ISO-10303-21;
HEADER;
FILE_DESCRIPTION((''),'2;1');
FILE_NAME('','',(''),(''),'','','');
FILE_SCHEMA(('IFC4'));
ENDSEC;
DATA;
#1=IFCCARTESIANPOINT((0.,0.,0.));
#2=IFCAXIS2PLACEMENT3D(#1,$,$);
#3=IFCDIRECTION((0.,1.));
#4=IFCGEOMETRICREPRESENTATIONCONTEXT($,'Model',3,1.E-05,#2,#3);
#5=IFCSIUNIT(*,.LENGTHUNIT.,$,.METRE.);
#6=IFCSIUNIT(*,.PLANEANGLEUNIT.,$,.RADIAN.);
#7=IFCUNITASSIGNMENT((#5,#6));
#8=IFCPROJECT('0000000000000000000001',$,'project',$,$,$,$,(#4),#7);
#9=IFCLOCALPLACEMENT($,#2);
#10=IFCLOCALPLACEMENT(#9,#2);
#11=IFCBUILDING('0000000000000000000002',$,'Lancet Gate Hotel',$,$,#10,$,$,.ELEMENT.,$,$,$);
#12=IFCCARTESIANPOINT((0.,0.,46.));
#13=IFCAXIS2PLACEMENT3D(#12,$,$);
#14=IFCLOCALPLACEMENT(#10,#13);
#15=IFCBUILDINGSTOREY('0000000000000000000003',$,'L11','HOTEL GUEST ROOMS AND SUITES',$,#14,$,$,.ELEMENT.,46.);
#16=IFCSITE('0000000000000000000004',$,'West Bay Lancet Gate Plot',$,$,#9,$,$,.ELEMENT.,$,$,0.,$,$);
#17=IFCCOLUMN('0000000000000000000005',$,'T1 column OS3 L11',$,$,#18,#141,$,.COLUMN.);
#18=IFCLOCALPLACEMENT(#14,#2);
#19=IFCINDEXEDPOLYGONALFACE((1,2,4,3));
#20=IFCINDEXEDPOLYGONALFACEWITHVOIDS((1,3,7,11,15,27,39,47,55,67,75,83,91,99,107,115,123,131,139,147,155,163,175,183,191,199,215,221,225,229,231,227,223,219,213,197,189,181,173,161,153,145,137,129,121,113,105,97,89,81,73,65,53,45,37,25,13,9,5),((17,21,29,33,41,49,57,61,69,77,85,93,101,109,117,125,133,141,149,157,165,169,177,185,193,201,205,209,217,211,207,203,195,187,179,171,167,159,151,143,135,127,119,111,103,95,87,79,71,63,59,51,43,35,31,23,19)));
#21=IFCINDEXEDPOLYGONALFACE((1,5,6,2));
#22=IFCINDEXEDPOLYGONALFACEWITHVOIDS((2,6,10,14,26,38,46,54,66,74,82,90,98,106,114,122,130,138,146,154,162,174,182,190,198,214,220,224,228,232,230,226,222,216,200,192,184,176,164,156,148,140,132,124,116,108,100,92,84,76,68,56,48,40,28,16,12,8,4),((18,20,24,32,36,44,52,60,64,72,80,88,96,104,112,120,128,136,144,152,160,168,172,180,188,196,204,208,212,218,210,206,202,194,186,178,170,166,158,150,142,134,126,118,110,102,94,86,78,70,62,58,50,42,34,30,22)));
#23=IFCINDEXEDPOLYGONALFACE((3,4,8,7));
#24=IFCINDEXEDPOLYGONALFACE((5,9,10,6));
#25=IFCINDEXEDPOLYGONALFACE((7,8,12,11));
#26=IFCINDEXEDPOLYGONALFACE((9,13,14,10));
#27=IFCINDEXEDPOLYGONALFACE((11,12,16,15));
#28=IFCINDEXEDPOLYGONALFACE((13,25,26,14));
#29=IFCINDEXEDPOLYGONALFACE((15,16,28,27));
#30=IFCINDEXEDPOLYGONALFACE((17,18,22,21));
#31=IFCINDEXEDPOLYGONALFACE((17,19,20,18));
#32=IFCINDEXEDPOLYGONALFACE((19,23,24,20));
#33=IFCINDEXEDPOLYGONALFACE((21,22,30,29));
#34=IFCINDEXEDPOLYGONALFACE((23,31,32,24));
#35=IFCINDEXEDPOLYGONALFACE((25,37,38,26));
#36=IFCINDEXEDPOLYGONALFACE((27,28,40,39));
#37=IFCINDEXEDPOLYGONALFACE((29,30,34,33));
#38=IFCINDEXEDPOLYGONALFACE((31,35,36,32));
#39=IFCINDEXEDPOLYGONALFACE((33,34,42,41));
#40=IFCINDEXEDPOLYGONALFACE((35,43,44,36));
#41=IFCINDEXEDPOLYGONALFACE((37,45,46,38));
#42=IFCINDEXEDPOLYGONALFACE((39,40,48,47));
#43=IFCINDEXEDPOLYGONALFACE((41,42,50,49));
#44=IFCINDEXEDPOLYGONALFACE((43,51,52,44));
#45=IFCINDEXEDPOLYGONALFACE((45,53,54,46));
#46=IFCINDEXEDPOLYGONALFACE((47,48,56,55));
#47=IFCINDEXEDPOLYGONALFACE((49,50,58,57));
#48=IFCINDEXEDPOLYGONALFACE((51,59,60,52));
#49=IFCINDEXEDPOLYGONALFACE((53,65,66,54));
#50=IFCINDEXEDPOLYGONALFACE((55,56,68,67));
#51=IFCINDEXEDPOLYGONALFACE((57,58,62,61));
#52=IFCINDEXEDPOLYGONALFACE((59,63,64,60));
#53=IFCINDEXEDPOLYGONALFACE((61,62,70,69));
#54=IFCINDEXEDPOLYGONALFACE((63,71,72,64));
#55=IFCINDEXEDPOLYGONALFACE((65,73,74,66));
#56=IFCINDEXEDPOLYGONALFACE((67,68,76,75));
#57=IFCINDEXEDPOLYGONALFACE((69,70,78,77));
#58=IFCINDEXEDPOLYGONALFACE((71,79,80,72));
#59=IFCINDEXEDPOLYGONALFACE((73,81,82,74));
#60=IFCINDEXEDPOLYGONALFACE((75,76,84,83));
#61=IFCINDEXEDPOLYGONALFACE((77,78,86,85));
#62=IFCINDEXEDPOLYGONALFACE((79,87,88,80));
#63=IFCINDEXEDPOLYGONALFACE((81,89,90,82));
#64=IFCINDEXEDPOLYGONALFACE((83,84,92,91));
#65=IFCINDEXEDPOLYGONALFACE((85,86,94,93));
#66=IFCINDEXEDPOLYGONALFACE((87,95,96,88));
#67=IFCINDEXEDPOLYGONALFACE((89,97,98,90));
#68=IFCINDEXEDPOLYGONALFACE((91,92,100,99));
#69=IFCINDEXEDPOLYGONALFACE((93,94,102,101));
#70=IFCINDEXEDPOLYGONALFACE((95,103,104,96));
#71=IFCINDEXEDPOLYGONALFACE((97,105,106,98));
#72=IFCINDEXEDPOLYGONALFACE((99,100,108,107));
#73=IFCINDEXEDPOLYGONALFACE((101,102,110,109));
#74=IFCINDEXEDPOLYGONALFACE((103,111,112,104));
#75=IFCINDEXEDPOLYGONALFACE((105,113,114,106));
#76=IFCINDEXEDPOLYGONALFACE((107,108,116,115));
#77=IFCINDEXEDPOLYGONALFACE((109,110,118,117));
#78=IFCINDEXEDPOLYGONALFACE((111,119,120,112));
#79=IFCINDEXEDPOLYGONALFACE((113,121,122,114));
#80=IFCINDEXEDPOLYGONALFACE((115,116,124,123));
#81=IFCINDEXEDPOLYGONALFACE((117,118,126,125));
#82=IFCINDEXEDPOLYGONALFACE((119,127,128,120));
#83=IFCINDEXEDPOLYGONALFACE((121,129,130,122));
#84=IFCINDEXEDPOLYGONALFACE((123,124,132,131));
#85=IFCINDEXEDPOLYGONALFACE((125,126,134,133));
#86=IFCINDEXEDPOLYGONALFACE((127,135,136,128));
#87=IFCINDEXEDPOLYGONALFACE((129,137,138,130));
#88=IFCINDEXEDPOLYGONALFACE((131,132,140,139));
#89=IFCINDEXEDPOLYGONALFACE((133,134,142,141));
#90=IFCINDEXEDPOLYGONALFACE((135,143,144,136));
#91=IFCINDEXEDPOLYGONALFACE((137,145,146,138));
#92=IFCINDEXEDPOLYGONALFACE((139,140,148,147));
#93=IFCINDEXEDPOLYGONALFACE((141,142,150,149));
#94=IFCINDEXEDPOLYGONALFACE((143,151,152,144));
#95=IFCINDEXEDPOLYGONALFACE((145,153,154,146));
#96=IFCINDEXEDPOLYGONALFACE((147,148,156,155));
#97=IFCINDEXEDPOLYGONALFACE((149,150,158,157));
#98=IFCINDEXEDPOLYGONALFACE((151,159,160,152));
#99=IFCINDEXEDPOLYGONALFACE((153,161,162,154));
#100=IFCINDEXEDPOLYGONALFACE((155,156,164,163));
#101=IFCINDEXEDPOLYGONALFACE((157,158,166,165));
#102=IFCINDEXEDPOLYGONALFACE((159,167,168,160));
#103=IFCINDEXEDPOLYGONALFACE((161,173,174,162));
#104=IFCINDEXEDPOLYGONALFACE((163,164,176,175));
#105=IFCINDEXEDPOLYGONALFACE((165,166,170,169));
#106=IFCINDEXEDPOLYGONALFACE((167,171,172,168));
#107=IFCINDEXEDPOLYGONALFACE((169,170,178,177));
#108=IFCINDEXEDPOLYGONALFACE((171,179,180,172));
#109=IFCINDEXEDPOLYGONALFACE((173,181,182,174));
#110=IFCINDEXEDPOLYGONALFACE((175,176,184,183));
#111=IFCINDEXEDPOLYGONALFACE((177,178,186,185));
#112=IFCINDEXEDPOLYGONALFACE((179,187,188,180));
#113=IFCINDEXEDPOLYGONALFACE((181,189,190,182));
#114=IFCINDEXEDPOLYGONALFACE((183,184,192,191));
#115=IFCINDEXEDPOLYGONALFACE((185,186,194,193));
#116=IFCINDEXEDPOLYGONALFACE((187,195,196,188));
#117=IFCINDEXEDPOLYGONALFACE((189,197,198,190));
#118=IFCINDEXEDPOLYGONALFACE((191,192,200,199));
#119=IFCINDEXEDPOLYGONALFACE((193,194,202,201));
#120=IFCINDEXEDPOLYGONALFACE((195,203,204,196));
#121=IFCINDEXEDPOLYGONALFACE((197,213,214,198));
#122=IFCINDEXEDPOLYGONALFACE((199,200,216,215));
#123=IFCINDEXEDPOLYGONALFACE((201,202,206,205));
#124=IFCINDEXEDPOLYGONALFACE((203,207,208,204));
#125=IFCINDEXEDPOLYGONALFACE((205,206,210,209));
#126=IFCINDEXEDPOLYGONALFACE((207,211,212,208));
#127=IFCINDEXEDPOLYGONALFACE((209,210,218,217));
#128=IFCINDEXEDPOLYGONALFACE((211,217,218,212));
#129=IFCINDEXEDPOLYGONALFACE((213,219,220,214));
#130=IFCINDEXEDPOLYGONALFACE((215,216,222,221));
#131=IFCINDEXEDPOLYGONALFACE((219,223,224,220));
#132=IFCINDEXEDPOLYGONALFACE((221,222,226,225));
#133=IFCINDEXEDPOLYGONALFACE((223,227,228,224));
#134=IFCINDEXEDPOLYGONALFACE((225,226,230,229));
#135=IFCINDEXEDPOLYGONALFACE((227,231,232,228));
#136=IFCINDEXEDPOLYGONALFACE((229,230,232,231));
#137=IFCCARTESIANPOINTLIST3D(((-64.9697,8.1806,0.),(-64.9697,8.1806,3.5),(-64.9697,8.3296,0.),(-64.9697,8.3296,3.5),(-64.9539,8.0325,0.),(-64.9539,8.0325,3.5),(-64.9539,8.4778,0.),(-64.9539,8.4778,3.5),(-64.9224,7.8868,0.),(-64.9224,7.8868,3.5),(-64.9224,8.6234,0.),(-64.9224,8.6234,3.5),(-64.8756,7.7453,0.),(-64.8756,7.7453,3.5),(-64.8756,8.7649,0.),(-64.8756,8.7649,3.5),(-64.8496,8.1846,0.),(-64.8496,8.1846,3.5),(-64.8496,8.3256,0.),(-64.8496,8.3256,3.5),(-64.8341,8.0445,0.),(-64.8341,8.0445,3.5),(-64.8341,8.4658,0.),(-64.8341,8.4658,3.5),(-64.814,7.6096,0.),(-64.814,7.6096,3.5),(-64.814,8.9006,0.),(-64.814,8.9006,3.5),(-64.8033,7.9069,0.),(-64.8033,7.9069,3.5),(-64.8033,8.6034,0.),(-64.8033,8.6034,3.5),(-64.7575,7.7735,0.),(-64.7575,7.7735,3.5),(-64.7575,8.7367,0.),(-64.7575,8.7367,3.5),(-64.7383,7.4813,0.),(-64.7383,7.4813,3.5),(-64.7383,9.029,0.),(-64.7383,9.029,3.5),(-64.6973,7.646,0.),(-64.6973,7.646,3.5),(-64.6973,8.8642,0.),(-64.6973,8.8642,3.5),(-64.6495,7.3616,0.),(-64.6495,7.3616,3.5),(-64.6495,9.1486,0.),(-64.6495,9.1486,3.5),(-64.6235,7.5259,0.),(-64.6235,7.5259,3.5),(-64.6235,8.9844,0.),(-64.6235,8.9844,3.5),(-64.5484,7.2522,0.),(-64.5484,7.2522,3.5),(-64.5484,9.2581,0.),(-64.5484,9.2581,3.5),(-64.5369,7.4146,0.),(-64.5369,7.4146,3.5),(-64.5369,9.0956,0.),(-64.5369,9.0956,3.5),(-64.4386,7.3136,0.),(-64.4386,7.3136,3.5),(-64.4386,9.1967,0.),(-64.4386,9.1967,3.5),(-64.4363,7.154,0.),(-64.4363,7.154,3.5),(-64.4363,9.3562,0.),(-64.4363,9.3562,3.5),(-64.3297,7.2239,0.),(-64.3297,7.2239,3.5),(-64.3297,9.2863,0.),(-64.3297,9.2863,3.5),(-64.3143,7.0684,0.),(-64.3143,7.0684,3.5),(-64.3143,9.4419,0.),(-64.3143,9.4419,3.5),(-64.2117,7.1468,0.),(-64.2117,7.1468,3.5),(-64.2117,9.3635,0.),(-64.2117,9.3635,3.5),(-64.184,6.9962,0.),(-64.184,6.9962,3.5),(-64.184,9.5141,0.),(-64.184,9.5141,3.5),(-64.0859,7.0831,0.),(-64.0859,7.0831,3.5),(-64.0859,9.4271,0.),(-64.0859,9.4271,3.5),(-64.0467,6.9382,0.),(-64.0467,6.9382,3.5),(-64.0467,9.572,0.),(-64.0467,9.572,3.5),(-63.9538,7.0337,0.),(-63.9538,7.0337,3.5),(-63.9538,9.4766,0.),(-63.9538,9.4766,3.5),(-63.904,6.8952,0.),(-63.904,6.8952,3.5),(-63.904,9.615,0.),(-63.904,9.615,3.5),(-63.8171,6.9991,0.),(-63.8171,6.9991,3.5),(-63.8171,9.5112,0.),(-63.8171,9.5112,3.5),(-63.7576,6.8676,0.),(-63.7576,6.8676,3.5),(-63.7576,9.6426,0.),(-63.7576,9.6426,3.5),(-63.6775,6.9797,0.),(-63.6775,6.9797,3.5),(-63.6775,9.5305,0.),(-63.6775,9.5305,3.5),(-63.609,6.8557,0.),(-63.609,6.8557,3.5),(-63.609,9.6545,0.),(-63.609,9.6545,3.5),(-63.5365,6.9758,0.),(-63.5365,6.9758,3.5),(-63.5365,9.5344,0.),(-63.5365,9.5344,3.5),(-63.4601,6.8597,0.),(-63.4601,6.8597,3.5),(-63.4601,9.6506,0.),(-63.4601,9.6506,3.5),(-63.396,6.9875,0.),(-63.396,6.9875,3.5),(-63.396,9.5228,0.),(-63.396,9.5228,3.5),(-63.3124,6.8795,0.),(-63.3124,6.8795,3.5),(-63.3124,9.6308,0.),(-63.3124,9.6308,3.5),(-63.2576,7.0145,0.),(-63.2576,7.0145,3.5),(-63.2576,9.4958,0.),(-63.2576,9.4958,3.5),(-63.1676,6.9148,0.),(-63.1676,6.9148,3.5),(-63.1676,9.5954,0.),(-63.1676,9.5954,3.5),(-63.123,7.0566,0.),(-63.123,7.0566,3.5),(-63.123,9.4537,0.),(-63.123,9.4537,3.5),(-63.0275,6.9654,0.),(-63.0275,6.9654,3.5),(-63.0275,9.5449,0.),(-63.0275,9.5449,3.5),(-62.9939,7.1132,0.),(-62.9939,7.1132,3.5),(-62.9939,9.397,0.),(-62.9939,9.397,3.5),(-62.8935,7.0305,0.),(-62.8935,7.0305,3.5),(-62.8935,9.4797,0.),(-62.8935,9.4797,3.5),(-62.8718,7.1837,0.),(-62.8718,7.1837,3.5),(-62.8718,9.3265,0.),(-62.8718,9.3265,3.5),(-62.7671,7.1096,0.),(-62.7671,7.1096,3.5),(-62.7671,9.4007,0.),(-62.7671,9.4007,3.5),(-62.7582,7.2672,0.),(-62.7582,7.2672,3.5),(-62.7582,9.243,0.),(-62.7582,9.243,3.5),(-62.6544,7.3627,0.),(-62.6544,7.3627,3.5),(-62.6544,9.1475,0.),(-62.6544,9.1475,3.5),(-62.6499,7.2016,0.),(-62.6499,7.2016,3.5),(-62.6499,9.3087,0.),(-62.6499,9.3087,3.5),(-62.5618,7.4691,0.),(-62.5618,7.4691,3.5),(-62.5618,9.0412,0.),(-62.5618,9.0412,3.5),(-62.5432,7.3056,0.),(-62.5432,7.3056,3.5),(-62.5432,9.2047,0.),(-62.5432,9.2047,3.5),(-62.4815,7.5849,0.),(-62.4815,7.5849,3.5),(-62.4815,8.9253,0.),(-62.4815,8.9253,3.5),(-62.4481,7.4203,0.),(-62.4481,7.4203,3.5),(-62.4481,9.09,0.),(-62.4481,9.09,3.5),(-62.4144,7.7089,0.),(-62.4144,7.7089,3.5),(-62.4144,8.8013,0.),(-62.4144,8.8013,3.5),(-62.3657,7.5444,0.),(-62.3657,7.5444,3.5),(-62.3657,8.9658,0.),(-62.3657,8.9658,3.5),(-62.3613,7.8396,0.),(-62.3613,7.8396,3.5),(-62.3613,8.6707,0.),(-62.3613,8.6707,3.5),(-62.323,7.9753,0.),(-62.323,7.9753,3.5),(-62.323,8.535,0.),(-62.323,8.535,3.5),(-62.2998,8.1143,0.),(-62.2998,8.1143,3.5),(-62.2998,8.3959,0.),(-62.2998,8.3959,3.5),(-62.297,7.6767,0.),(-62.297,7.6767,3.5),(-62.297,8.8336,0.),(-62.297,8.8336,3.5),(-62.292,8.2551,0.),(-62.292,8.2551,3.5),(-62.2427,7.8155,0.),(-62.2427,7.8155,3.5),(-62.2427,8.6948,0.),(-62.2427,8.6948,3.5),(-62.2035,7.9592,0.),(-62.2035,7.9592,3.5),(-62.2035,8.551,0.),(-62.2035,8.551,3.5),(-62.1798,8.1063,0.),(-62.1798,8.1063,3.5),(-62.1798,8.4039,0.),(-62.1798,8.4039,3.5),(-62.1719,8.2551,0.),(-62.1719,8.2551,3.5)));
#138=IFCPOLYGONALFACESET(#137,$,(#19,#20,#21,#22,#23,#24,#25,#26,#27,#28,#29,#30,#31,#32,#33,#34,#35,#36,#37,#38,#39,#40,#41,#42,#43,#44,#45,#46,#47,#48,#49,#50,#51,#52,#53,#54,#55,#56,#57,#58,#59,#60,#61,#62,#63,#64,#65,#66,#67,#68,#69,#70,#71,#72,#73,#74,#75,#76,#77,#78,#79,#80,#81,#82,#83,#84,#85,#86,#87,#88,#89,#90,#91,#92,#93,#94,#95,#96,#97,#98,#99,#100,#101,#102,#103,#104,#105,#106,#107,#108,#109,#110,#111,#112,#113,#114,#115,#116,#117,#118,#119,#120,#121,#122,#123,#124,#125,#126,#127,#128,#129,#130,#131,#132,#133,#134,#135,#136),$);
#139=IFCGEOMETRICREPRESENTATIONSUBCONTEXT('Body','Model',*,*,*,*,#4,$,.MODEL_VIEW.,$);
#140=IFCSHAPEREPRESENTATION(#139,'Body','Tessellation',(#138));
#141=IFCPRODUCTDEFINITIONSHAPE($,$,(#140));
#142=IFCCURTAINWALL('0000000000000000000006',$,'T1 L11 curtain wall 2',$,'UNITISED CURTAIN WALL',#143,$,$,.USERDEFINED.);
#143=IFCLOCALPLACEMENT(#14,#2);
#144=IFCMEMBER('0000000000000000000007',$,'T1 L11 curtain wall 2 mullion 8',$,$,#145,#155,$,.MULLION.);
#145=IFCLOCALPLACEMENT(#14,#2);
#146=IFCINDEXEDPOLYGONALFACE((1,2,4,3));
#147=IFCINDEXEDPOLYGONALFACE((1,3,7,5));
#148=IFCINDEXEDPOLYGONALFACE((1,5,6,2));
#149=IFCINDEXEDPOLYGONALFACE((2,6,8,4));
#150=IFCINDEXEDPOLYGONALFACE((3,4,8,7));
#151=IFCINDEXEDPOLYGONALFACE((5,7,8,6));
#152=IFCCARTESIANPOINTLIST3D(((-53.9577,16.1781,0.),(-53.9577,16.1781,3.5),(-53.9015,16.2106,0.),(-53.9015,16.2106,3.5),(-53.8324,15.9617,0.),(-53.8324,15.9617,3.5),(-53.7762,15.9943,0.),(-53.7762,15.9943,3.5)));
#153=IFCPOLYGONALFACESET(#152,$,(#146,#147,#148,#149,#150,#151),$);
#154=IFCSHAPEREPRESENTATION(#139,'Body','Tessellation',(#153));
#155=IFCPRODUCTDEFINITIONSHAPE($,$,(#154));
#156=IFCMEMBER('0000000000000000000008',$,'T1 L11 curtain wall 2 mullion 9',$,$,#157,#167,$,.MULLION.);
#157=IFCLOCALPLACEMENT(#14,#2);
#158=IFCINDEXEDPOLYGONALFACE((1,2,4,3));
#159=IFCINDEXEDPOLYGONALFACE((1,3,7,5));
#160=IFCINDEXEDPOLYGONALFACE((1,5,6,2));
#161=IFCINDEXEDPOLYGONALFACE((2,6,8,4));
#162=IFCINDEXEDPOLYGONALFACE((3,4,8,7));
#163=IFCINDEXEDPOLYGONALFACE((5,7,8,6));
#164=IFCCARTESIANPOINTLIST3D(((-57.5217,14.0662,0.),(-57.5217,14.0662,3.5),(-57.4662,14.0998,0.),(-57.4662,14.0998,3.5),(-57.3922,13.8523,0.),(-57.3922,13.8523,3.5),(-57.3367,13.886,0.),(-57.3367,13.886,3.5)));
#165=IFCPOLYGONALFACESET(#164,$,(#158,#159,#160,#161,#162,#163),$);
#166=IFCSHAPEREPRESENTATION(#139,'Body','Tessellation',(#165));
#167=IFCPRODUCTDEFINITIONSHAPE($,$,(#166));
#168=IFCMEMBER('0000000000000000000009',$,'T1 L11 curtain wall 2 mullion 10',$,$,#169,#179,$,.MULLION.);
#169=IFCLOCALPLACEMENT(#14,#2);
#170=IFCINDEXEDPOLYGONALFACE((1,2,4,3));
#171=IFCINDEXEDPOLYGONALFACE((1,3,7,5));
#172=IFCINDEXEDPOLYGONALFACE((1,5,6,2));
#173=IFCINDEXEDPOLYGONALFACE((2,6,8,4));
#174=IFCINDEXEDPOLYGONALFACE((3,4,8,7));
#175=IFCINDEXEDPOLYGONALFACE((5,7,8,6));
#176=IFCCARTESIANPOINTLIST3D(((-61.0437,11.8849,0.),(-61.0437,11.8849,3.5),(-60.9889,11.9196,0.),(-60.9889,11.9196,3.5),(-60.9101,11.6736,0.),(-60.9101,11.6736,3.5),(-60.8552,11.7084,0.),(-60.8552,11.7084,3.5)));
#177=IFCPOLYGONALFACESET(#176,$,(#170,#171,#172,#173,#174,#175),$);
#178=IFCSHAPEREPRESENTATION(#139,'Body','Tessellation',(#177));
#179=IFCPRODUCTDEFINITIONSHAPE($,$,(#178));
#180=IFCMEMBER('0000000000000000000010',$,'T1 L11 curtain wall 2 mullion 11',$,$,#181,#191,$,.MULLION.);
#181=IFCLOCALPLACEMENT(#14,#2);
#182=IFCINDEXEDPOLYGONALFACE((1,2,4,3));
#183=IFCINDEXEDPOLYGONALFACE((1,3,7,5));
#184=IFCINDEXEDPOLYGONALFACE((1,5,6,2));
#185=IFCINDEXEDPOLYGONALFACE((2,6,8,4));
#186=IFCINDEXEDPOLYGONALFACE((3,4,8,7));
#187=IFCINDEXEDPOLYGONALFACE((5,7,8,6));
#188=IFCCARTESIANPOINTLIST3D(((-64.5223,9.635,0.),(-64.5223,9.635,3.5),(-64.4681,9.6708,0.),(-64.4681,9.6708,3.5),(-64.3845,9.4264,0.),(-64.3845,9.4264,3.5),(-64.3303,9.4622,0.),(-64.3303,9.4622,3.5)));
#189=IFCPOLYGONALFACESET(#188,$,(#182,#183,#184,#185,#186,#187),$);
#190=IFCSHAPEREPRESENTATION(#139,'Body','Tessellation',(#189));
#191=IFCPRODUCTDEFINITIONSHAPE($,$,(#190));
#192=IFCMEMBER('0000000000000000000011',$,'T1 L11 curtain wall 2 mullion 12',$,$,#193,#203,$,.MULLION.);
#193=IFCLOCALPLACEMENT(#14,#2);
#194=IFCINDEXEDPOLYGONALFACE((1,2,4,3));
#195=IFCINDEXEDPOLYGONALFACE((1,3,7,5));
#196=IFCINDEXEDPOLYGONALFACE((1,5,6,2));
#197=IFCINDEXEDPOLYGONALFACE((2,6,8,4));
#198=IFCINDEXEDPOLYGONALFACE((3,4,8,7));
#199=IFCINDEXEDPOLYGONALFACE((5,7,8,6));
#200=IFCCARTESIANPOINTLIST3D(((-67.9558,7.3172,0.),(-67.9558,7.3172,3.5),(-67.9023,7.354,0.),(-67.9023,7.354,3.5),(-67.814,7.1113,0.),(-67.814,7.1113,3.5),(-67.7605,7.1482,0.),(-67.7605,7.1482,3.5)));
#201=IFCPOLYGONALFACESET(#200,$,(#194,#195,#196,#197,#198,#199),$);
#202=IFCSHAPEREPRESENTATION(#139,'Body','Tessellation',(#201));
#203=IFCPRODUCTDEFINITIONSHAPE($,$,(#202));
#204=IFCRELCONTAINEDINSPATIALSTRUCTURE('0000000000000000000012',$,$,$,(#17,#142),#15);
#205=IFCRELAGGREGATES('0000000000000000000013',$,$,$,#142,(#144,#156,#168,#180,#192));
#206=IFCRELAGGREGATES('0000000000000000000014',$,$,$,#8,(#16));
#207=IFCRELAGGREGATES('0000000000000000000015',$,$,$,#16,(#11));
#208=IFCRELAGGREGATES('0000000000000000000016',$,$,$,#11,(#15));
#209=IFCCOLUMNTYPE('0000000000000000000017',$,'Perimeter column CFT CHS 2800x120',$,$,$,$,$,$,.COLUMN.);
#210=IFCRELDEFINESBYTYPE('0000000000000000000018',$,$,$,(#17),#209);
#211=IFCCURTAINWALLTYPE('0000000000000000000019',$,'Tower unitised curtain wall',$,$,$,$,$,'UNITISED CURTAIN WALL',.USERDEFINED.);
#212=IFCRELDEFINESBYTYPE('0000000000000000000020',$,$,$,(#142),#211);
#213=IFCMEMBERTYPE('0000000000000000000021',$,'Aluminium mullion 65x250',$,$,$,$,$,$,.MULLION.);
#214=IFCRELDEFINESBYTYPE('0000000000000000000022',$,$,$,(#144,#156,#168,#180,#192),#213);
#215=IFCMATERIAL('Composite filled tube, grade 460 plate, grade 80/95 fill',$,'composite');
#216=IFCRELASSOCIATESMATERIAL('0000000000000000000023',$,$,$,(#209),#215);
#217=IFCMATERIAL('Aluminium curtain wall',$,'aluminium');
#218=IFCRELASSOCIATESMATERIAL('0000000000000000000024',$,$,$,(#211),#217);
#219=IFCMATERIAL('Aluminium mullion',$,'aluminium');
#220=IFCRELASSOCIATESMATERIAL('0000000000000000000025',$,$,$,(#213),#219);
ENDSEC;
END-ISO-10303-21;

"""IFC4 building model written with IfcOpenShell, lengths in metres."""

from ifc_helpers import new_model, si_unit, direction, frame, origin, origin_2d, place, context, subcontext, project, spatial, rectangle, hollow_circle, extrude, material, material_profile, profile_set, type_object, element, aggregate, save


model = new_model("IFC4")

# Units and contexts
model_context = context("Model", 3, precision=1e-05, world=origin(), true_north=direction((0.0, 1.0)))
body_context = subcontext(model_context, "Body", "Model", "MODEL_VIEW")
ifc_project = project(units=[si_unit("LENGTHUNIT", "METRE"), si_unit("PLANEANGLEUNIT", "RADIAN")], contexts=[model_context])

# Site, building, storey
site_placement = place(None, origin())
site = spatial("IfcSite", under=ifc_project, at=site_placement, Name="West Bay Lancet Gate Plot", CompositionType="ELEMENT", RefElevation=0.0)
building_placement = place(site_placement, origin())
building = spatial("IfcBuilding", under=site, at=building_placement, Name="Lancet Gate Hotel", CompositionType="ELEMENT")
storey_placement = place(building_placement, frame((0.0, 0.0, 46.0)))
storey = spatial("IfcBuildingStorey", under=building, at=storey_placement, Name="L11", Description="HOTEL GUEST ROOMS AND SUITES", CompositionType="ELEMENT", Elevation=46.0)

# Column
ifc_material_1 = material(Name="Composite filled tube, grade 460 plate, grade 80/95 fill", Category="composite")
ifc_material_profile_1 = material_profile(ifc_material_1, hollow_circle(Radius=1.3999, WallThickness=0.1201, at=origin_2d()), Name="CHS 2800x120")
ifc_profile_set_1 = profile_set([ifc_material_profile_1], Name="Composite filled tube, grade 460 plate, grade 80/95 fill")
column_type = type_object("IfcColumnType", Name="Perimeter column CFT CHS 2800x120", PredefinedType="COLUMN", material=ifc_profile_set_1)
column_placement = place(storey_placement, frame((-63.5718, 8.2551, 0.0), z_axis=(0.0, 0.0, 1.0), x_axis=(1.0, 0.0, 0.0)))
element("IfcColumn", 1, at=column_placement, inside=storey, type_object=column_type, Name="T1 column OS3 L11", PredefinedType="COLUMN", context=body_context, shape_type="SweptSolid", body=[
    extrude(hollow_circle(Radius=1.3999, WallThickness=0.1201, at=origin_2d()), origin(), (0.0, 0.0, 1.0), 3.5),
])

# Curtain wall, members
ifc_material_2 = material(Name="Aluminium curtain wall", Category="aluminium")
curtain_wall_type = type_object("IfcCurtainWallType", Name="Tower unitised curtain wall", ElementType="UNITISED CURTAIN WALL", PredefinedType="USERDEFINED", material=ifc_material_2)
curtain_wall_placement = place(storey_placement, origin())
curtain_wall = element("IfcCurtainWall", 2, at=curtain_wall_placement, inside=storey, type_object=curtain_wall_type, Name="T1 L11 curtain wall 2", ObjectType="UNITISED CURTAIN WALL", PredefinedType="USERDEFINED")
ifc_material_3 = material(Name="Aluminium mullion", Category="aluminium")
ifc_material_profile_2 = material_profile(ifc_material_3, rectangle(XDim=0.0649, YDim=0.25, at=origin_2d()), Name="MULLION 65x250")
ifc_profile_set_2 = profile_set([ifc_material_profile_2], Name="Aluminium mullion")
member_type_1 = type_object("IfcMemberType", Name="Aluminium mullion 65x250", PredefinedType="MULLION", material=ifc_profile_set_2)
member_1_placement = place(storey_placement, frame((-53.8669, 16.0862, 0.0), z_axis=(0.0, 0.0, 1.0), x_axis=(-0.865335, -0.501194, 0.0)))
member_1 = element("IfcMember", 3, at=member_1_placement, type_object=member_type_1, Name="T1 L11 curtain wall 2 mullion 8", PredefinedType="MULLION", context=body_context, shape_type="SweptSolid", body=[
    extrude(rectangle(XDim=0.0649, YDim=0.25, at=origin_2d()), origin(), (0.0, 0.0, 1.0), 3.5),
])
member_2_placement = place(storey_placement, frame((-57.4292, 13.9761, 0.0), z_axis=(0.0, 0.0, 1.0), x_axis=(-0.855346, -0.518057, 0.0)))
member_2 = element("IfcMember", 4, at=member_2_placement, type_object=member_type_1, Name="T1 L11 curtain wall 2 mullion 9", PredefinedType="MULLION", context=body_context, shape_type="SweptSolid", body=[
    extrude(rectangle(XDim=0.0649, YDim=0.25, at=origin_2d()), origin(), (0.0, 0.0, 1.0), 3.5),
])
member_3_placement = place(storey_placement, frame((-60.9495, 11.7966, 0.0), z_axis=(0.0, 0.0, 1.0), x_axis=(-0.845029, -0.53472, 0.0)))
member_3 = element("IfcMember", 5, at=member_3_placement, type_object=member_type_1, Name="T1 L11 curtain wall 2 mullion 10", PredefinedType="MULLION", context=body_context, shape_type="SweptSolid", body=[
    extrude(rectangle(XDim=0.0649, YDim=0.25, at=origin_2d()), origin(), (0.0, 0.0, 1.0), 3.5),
])
member_4_placement = place(storey_placement, frame((-64.4263, 9.5486, 0.0), z_axis=(0.0, 0.0, 1.0), x_axis=(-0.834387, -0.551178, 0.0)))
member_4 = element("IfcMember", 6, at=member_4_placement, type_object=member_type_1, Name="T1 L11 curtain wall 2 mullion 11", PredefinedType="MULLION", context=body_context, shape_type="SweptSolid", body=[
    extrude(rectangle(XDim=0.0649, YDim=0.25, at=origin_2d()), origin(), (0.0, 0.0, 1.0), 3.5),
])
member_5_placement = place(storey_placement, frame((-67.8582, 7.2327, 0.0), z_axis=(0.0, 0.0, 1.0), x_axis=(-0.823425, -0.567425, 0.0)))
member_5 = element("IfcMember", 7, at=member_5_placement, type_object=member_type_1, Name="T1 L11 curtain wall 2 mullion 12", PredefinedType="MULLION", context=body_context, shape_type="SweptSolid", body=[
    extrude(rectangle(XDim=0.0649, YDim=0.25, at=origin_2d()), origin(), (0.0, 0.0, 1.0), 3.5),
])

aggregate(curtain_wall, [member_1, member_2, member_3, member_4, member_5])

save(model, "model.ifc")
